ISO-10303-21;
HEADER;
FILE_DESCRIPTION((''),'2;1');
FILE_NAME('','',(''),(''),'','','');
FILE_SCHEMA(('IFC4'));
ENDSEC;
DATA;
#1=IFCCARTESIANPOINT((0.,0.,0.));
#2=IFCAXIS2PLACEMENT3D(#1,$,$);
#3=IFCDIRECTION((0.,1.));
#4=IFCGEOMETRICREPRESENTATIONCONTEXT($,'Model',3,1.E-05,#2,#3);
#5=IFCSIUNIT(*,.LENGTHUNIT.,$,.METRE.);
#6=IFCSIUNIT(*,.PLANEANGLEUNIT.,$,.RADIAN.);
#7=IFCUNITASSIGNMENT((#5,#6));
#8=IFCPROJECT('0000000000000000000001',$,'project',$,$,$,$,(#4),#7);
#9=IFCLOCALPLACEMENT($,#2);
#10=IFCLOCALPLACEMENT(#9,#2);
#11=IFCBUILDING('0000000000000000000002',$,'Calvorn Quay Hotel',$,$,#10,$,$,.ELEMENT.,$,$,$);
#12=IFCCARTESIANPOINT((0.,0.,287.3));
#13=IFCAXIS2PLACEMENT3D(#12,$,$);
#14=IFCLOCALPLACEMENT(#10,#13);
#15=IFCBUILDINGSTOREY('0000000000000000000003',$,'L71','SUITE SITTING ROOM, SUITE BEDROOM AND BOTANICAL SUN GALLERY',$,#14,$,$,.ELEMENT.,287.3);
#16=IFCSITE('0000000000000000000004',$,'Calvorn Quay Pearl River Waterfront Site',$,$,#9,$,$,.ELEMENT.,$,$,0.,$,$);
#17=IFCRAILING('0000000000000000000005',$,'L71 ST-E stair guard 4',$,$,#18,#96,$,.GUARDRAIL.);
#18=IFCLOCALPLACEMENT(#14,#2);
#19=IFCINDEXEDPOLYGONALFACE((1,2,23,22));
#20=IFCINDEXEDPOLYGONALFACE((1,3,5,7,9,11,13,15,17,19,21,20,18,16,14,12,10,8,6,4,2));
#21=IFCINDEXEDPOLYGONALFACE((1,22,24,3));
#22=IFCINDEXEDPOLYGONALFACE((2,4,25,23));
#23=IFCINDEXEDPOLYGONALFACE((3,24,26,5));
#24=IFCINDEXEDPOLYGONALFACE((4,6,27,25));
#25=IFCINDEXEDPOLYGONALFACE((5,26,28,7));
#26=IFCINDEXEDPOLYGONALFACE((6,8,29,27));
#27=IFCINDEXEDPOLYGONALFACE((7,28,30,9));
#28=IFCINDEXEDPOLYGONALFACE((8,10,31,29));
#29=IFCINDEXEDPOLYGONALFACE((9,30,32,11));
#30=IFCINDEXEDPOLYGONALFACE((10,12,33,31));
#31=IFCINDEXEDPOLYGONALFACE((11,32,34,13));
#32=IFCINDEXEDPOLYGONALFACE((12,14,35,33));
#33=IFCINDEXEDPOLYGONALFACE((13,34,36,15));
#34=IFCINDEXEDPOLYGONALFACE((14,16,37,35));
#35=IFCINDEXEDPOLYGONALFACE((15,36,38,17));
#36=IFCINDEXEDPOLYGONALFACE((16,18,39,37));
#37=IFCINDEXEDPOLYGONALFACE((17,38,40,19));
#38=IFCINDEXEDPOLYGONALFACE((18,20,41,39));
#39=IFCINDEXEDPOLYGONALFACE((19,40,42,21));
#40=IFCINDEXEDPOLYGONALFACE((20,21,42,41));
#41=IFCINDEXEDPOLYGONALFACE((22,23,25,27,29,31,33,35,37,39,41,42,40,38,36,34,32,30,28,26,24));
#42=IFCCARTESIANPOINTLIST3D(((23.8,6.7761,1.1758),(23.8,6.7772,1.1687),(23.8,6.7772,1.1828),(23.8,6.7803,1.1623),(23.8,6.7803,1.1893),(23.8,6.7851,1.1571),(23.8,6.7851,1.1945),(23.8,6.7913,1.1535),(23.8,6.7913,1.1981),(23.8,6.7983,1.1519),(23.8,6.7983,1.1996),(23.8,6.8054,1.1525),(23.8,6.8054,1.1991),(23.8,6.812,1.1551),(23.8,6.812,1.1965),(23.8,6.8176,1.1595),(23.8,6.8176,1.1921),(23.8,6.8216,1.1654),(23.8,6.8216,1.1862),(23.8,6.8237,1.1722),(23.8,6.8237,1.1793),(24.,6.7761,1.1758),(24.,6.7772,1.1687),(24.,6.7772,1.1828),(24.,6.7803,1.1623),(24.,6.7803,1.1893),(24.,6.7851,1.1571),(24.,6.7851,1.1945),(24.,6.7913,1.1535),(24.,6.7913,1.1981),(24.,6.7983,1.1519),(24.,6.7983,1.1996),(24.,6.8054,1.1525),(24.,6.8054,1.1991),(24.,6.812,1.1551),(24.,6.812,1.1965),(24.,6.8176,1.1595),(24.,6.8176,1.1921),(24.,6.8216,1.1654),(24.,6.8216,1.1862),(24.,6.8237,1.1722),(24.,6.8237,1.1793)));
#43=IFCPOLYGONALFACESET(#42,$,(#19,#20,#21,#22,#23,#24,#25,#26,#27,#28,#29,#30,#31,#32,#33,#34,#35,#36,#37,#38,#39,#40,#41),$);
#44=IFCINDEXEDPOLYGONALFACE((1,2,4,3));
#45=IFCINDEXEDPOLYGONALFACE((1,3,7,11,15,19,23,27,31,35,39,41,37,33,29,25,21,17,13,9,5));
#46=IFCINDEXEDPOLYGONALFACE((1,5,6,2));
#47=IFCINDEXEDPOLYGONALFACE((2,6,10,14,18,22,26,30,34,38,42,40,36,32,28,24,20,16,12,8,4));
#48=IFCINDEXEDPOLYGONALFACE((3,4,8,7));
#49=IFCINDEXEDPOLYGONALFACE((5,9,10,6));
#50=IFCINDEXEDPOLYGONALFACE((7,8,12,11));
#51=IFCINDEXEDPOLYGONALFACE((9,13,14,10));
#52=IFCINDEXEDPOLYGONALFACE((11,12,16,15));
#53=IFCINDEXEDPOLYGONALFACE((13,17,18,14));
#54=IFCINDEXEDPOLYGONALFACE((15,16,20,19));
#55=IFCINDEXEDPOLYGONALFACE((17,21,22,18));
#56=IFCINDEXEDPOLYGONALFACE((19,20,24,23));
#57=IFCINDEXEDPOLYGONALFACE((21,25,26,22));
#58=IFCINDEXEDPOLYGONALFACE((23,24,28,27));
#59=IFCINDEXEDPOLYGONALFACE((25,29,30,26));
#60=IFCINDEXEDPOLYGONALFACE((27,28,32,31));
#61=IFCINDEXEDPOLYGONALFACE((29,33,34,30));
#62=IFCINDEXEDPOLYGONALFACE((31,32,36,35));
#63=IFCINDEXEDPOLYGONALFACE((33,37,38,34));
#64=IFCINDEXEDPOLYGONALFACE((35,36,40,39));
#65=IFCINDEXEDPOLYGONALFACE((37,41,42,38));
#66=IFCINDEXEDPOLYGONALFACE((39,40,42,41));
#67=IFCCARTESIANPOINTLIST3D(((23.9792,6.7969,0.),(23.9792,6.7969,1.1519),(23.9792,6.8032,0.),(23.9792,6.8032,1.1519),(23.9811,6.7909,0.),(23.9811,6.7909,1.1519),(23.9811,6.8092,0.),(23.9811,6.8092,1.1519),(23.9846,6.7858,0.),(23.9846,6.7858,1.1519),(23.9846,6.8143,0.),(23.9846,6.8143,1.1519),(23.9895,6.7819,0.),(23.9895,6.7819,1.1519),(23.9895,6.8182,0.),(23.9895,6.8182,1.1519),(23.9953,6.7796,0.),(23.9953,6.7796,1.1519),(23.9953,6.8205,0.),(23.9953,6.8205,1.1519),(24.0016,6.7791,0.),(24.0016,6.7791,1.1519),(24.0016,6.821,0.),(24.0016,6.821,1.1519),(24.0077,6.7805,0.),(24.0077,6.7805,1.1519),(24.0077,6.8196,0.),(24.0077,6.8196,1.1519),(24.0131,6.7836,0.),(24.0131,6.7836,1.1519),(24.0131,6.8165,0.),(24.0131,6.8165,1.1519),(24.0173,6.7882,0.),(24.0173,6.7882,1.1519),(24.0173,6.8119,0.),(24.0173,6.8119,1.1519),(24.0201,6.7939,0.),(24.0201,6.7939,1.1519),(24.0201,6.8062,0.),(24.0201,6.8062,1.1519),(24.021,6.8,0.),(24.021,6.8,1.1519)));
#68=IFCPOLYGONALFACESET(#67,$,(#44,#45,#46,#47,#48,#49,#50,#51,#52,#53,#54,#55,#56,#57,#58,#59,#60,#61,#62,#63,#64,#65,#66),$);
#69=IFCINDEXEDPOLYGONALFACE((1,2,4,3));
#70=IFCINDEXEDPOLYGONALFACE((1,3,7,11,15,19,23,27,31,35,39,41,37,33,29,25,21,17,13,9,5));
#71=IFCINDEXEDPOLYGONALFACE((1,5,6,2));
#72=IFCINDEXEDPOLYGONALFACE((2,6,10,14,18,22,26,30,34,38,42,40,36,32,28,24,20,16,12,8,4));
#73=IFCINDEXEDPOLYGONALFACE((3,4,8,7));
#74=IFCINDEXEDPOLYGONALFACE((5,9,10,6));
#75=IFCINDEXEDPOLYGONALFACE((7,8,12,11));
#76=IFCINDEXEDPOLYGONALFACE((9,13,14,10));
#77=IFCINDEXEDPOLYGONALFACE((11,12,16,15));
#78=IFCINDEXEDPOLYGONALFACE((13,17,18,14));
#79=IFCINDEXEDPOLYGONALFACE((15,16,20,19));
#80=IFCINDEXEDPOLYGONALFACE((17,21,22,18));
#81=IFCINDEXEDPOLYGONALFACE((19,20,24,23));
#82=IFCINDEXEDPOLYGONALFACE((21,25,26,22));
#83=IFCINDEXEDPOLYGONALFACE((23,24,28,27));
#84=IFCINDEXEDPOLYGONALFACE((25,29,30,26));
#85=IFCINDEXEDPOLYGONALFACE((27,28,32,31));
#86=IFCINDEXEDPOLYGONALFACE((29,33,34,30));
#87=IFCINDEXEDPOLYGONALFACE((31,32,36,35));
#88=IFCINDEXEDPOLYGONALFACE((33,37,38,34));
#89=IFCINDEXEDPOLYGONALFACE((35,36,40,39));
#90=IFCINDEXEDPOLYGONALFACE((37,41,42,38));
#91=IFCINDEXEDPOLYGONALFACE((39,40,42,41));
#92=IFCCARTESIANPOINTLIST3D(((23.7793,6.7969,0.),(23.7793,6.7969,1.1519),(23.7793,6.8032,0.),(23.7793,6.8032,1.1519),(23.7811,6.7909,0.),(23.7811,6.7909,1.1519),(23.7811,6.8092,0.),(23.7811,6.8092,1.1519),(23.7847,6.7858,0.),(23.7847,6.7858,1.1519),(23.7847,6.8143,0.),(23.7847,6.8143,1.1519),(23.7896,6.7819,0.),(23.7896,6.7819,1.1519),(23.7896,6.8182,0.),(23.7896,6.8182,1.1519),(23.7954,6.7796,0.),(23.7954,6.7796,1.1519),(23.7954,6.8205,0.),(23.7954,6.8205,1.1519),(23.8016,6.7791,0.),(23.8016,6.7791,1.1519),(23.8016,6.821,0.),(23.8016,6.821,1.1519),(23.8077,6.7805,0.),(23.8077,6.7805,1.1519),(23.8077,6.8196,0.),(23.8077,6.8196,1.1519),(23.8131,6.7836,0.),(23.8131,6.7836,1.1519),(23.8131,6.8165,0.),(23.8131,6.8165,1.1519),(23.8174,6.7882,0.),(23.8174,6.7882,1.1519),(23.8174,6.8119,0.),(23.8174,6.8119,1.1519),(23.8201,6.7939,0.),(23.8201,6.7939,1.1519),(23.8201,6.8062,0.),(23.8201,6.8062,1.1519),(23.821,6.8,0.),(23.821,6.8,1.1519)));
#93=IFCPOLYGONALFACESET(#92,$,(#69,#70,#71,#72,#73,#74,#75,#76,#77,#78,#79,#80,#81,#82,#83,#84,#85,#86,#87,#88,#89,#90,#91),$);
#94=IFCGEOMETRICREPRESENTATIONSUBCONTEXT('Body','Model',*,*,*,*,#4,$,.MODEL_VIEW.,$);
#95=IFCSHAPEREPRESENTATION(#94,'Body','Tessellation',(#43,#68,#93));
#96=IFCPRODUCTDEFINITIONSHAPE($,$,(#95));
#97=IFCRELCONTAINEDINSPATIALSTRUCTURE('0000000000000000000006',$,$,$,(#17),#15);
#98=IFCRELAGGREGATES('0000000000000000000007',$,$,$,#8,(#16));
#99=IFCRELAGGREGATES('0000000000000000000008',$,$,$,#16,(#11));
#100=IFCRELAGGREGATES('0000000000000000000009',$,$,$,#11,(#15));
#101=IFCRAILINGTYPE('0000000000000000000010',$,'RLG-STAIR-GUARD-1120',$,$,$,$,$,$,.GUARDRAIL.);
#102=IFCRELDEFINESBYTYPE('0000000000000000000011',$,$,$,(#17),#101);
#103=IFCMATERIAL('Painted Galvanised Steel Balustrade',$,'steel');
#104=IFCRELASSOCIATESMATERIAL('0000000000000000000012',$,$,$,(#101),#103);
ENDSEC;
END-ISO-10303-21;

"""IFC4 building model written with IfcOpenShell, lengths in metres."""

from ifc_helpers import new_model, si_unit, direction, frame, origin, origin_2d, place, context, subcontext, project, spatial, circle, extrude, material, type_object, element, save


model = new_model("IFC4")

# Units and contexts
model_context = context("Model", 3, precision=1e-05, world=origin(), true_north=direction((0.0, 1.0)))
body_context = subcontext(model_context, "Body", "Model", "MODEL_VIEW")
ifc_project = project(units=[si_unit("LENGTHUNIT", "METRE"), si_unit("PLANEANGLEUNIT", "RADIAN")], contexts=[model_context])

# Site, building, storey
site_placement = place(None, origin())
site = spatial("IfcSite", under=ifc_project, at=site_placement, Name="Calvorn Quay Pearl River Waterfront Site", CompositionType="ELEMENT", RefElevation=0.0)
building_placement = place(site_placement, origin())
building = spatial("IfcBuilding", under=site, at=building_placement, Name="Calvorn Quay Hotel", CompositionType="ELEMENT")
storey_placement = place(building_placement, frame((0.0, 0.0, 287.3)))
storey = spatial("IfcBuildingStorey", under=building, at=storey_placement, Name="L71", Description="SUITE SITTING ROOM, SUITE BEDROOM AND BOTANICAL SUN GALLERY", CompositionType="ELEMENT", Elevation=287.3)

# Railing
ifc_material_1 = material(Name="Painted Galvanised Steel Balustrade", Category="steel")
railing_type_1 = type_object("IfcRailingType", Name="RLG-STAIR-GUARD-1120", PredefinedType="GUARDRAIL", material=ifc_material_1)
railing_1_placement = place(storey_placement, frame((24.0, 6.8, 0.0)))
element("IfcRailing", 1, at=railing_1_placement, inside=storey, type_object=railing_type_1, Name="L71 ST-E stair guard 4", PredefinedType="GUARDRAIL", context=body_context, shape_type="SweptSolid", body=[
    extrude(circle(Radius=0.0239, at=origin_2d()), frame((0.0, 0.0, 1.1758), z_axis=(-1.0, 0.0, 0.0), x_axis=(0.0, -1.0, 0.0)), (0.0, 0.0, 1.0), 0.2),
    extrude(circle(Radius=0.021, at=origin_2d()), origin(), (0.0, 0.0, 1.0), 1.1519),
    extrude(circle(Radius=0.021, at=origin_2d()), frame((-0.2, 0.0, 0.0)), (0.0, 0.0, 1.0), 1.1519),
])

save(model, "model.ifc")
